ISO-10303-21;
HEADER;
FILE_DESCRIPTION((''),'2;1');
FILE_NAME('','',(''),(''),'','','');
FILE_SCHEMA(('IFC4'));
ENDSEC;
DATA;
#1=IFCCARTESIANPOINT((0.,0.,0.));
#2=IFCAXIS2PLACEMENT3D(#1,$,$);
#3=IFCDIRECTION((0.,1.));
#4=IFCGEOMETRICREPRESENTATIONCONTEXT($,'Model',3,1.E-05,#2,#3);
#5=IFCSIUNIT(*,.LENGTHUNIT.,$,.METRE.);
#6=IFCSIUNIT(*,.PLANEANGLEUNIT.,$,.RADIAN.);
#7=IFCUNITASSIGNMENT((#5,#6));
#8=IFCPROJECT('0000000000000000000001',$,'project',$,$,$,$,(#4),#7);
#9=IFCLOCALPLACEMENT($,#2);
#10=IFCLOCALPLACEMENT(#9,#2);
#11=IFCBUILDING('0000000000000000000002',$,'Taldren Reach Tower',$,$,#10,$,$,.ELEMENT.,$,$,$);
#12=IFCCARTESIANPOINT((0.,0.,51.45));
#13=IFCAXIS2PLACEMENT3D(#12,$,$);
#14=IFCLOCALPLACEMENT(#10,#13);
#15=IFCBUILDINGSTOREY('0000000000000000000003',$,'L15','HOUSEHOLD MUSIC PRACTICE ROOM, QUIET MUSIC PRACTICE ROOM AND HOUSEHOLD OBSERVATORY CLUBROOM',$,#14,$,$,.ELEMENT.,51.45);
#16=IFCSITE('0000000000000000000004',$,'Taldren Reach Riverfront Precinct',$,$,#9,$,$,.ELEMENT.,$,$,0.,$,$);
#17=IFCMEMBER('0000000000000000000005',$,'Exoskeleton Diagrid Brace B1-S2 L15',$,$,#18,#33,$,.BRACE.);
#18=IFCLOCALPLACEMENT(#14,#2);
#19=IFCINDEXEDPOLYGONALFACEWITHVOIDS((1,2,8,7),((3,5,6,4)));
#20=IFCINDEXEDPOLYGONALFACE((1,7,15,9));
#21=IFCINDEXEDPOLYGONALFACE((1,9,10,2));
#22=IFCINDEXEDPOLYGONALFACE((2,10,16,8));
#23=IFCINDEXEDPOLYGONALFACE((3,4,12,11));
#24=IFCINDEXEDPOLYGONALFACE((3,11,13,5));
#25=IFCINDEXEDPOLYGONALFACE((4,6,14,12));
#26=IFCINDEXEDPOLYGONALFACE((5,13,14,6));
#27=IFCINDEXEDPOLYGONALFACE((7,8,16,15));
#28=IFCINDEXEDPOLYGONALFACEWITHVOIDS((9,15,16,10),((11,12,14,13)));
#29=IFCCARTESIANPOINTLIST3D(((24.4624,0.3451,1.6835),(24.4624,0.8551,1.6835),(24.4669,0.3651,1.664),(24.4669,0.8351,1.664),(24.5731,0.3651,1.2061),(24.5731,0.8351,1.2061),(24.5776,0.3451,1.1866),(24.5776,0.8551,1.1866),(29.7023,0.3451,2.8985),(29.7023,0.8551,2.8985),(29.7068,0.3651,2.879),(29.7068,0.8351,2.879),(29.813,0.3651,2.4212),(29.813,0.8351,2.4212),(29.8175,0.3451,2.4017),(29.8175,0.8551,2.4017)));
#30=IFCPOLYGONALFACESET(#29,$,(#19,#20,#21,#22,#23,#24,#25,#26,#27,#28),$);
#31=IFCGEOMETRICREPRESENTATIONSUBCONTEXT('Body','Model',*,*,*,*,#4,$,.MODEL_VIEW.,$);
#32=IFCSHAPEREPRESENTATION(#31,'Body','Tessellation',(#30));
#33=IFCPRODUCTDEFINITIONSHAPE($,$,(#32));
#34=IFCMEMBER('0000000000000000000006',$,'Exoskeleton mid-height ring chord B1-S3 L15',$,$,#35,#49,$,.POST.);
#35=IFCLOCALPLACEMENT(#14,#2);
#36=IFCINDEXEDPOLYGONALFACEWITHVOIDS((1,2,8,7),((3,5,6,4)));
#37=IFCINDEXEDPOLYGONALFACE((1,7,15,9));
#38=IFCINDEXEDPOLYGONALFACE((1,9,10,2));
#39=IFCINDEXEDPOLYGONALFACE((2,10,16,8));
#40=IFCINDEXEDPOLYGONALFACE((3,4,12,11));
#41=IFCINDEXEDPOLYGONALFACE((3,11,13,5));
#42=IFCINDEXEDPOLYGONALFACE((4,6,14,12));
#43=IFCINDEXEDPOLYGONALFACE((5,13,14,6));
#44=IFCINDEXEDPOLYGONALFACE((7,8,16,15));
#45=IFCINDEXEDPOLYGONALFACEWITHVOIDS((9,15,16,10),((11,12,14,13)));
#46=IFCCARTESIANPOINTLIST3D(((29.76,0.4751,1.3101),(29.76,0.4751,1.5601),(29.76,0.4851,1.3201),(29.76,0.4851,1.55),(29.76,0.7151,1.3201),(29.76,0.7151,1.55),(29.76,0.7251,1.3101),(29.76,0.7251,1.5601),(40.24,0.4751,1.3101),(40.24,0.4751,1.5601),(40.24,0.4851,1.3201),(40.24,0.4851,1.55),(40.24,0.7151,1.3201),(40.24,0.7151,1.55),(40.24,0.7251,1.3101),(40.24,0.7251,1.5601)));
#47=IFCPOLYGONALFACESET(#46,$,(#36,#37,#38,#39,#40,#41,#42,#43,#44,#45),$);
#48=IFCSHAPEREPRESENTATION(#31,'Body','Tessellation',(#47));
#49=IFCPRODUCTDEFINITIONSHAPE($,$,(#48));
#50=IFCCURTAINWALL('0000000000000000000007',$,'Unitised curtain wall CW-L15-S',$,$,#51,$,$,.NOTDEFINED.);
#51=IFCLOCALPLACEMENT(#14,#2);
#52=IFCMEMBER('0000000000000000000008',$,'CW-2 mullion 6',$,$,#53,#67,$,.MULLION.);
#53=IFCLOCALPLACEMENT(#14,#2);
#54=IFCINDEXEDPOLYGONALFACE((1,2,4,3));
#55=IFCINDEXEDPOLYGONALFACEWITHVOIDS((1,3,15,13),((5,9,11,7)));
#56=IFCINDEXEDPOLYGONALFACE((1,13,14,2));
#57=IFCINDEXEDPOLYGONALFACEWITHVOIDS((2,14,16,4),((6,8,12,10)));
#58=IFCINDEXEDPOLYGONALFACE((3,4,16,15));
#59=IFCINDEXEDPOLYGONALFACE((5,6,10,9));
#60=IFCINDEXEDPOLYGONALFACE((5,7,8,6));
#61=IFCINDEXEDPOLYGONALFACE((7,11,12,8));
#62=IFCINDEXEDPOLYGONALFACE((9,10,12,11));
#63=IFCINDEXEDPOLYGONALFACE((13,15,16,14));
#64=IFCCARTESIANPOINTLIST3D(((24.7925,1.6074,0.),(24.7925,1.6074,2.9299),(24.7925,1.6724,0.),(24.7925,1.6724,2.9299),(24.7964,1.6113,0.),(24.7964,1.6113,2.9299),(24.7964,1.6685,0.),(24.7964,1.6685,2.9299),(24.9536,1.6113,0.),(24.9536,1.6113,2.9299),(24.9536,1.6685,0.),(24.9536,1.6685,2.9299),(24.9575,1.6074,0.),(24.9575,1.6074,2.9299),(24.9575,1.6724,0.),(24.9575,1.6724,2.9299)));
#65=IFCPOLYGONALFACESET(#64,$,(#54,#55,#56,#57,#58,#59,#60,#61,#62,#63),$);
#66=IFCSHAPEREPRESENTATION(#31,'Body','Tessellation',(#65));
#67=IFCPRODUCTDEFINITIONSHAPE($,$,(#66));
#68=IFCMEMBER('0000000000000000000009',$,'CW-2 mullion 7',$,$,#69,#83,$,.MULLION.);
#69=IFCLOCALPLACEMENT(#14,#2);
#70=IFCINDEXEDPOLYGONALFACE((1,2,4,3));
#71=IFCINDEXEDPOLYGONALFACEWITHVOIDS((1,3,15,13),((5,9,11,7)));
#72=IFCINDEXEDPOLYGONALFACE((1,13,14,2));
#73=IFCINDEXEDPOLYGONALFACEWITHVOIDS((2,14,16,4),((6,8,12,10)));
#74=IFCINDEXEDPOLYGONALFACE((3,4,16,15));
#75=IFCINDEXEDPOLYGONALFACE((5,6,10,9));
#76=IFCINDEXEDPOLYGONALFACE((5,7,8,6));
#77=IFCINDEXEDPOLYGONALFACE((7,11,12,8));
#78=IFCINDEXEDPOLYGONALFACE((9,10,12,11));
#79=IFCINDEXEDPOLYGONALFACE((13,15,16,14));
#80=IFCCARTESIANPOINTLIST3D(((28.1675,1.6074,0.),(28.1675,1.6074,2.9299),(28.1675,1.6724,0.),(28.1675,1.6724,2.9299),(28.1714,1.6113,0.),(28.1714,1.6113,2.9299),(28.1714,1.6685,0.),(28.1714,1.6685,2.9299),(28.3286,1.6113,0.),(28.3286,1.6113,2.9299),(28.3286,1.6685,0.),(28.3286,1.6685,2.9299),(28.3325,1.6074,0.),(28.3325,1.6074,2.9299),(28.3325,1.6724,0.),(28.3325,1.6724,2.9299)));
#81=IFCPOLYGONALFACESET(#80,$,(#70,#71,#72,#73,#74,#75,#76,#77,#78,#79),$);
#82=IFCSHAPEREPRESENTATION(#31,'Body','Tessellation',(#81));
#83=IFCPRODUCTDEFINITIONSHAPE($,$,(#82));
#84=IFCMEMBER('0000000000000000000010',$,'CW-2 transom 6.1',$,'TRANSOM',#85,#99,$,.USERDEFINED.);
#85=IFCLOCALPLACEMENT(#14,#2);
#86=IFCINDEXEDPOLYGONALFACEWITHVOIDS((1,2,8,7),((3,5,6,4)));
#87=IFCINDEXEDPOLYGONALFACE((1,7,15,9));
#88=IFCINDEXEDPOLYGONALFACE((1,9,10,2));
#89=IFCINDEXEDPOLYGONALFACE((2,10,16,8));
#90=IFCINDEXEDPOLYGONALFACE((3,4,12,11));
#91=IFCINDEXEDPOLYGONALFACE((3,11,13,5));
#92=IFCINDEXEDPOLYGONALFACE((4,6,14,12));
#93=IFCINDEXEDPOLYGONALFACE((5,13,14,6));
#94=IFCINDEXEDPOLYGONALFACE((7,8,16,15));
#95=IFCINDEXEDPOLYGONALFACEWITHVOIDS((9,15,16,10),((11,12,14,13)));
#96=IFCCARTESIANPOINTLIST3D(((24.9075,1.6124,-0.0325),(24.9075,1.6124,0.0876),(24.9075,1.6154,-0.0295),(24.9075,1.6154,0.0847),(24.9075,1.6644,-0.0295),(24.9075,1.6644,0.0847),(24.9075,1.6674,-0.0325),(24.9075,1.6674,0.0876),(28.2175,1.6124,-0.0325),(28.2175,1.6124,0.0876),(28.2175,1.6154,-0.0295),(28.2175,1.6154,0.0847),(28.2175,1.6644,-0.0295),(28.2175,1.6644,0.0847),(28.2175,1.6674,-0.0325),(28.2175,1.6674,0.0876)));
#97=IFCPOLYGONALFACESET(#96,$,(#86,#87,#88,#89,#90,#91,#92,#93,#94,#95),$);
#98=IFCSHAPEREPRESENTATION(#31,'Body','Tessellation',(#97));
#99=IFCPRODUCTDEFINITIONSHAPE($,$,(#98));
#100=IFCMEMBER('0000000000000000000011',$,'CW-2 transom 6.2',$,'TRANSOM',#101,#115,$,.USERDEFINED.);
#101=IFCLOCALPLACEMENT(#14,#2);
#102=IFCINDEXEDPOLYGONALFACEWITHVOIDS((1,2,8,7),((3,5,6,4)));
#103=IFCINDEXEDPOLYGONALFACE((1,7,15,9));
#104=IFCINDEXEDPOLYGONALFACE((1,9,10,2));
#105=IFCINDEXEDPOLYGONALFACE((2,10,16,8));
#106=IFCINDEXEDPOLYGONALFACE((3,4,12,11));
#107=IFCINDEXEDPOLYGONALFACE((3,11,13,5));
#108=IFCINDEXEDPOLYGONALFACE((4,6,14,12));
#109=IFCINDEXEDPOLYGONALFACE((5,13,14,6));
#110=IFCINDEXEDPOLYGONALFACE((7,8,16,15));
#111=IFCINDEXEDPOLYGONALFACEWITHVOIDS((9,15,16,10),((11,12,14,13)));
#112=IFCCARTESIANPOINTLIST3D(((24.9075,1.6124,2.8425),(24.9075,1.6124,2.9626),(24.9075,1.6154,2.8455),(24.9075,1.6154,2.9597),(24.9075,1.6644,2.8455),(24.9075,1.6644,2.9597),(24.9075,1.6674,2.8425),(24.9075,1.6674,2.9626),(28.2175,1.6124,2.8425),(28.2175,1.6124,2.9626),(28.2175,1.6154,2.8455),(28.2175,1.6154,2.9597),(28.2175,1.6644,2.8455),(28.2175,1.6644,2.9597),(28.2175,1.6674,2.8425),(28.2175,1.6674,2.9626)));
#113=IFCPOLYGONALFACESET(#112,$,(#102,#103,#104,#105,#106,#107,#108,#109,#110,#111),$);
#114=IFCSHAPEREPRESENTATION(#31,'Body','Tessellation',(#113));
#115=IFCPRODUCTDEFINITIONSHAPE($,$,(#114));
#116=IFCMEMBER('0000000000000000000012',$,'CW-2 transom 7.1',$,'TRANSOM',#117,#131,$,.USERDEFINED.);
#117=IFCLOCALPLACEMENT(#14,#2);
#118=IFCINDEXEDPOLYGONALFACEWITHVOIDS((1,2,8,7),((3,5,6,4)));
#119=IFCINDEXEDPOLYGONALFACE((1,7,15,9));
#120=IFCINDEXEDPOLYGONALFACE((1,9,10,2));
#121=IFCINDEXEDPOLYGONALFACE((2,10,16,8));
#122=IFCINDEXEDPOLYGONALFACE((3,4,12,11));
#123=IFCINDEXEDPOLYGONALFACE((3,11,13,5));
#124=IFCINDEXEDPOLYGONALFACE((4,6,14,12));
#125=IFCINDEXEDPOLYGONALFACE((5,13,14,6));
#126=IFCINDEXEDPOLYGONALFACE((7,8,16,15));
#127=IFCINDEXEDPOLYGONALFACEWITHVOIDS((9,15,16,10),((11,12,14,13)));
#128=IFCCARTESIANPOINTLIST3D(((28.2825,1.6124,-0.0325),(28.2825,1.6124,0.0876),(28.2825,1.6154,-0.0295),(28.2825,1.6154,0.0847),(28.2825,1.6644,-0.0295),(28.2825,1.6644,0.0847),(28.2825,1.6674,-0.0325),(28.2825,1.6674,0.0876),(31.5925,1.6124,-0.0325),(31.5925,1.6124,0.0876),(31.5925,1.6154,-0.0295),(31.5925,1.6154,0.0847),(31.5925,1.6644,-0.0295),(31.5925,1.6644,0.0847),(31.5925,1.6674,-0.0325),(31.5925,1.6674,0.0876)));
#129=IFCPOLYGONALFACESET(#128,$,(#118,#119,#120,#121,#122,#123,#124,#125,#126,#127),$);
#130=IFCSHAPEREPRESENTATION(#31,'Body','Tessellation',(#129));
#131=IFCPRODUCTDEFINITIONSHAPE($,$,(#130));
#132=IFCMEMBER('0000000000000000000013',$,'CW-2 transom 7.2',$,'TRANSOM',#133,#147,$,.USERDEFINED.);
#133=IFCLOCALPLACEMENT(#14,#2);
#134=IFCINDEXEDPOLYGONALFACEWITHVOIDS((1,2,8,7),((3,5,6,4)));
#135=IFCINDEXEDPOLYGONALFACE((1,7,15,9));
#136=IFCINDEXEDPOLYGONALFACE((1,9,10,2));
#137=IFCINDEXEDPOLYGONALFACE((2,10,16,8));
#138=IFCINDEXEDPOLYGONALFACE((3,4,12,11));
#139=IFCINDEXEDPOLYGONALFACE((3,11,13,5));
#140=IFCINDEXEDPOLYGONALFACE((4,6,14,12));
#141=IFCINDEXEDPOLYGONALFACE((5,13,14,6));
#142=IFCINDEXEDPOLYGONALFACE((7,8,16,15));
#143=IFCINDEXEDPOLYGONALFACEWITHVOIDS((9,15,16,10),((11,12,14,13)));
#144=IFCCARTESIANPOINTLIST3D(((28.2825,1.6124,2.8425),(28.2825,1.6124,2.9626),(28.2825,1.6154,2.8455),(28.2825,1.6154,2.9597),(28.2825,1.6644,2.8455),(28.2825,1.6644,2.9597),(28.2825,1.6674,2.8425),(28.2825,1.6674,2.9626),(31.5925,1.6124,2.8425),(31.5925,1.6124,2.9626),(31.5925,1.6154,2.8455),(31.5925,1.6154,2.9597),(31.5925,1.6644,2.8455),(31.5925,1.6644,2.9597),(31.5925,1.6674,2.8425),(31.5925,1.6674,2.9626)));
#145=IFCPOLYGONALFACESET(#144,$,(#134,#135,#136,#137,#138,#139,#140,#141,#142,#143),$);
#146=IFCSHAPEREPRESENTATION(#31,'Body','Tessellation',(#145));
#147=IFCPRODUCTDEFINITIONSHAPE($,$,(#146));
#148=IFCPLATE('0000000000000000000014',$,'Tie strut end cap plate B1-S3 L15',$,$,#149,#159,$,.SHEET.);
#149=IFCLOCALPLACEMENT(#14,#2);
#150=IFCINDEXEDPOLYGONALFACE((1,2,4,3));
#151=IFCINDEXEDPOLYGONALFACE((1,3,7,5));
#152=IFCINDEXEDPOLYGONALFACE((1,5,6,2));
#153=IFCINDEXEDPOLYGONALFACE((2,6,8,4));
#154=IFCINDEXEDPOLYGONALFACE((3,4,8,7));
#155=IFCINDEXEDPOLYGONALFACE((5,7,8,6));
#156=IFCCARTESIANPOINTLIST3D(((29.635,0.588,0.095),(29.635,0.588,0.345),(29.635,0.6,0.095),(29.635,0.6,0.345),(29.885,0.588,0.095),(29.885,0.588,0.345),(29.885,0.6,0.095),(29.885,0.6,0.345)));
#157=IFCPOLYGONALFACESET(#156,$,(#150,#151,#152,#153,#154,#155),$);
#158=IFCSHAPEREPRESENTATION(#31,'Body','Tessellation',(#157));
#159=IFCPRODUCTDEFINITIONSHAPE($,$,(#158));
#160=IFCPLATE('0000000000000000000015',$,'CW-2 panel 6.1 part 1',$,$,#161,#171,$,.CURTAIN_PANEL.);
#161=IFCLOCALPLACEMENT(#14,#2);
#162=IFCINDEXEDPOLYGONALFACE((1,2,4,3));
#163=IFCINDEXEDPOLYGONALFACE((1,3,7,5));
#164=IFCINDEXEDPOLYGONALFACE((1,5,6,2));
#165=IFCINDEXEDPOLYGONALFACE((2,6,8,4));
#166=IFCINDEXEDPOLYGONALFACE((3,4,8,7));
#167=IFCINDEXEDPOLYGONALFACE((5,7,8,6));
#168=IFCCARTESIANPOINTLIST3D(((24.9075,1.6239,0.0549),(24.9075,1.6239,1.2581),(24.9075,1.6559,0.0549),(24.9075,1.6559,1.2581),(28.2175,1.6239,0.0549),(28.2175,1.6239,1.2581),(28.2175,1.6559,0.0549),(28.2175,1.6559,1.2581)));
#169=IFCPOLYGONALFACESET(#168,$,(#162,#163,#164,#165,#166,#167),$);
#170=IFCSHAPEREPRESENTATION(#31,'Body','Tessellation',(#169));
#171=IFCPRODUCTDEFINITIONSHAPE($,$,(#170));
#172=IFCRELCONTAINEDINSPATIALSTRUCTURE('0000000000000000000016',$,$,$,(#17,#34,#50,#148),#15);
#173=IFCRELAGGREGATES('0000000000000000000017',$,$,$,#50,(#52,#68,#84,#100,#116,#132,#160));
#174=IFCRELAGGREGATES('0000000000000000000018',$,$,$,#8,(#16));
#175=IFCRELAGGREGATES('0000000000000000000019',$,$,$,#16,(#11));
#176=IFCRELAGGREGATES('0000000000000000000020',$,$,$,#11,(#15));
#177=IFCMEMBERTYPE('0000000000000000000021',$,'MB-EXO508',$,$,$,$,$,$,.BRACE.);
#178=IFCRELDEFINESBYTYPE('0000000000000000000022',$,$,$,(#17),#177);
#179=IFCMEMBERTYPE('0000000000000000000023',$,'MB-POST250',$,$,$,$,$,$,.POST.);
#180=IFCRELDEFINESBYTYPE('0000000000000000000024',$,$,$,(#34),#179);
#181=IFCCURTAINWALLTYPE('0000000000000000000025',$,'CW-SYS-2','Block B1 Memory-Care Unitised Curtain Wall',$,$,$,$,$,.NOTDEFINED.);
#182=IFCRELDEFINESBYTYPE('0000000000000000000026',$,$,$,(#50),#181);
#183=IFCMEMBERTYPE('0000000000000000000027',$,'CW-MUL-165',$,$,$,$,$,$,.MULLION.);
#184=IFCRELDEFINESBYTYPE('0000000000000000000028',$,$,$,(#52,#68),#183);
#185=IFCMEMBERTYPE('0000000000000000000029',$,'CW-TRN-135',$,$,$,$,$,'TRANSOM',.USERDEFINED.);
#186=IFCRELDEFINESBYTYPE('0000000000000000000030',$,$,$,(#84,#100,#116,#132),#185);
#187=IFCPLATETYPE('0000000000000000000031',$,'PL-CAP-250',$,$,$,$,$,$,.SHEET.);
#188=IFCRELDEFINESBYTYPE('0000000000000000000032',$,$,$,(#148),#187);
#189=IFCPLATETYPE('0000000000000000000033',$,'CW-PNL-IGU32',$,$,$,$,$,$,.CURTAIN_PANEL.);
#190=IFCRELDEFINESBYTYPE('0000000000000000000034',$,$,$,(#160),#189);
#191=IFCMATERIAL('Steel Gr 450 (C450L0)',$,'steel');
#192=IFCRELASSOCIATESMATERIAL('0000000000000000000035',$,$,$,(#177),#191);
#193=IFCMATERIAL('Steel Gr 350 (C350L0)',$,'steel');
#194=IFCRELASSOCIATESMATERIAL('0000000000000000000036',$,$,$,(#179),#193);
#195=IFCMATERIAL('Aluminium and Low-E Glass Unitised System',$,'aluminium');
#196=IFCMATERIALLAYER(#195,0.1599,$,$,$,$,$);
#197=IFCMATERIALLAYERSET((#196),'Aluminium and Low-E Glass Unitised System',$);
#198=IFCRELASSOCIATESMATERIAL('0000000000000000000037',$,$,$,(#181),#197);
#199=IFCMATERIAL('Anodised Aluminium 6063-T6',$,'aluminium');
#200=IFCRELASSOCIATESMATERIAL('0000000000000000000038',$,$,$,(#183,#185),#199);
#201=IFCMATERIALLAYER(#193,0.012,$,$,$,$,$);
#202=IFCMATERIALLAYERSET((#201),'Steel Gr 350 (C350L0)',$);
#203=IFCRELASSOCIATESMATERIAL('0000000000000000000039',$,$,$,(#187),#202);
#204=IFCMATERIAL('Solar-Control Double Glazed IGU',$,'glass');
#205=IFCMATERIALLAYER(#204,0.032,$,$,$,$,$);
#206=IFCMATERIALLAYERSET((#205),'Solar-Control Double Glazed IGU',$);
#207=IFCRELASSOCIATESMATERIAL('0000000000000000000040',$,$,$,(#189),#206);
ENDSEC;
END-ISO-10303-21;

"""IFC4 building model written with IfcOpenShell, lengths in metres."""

from ifc_helpers import new_model, si_unit, direction, frame, origin, origin_2d, place, context, subcontext, project, spatial, rectangle, hollow_rectangle, extrude, source, transform, mapped, material, layer, layer_set, material_profile, profile_set, type_object, element, aggregate, save


model = new_model("IFC4")

# Units and contexts
model_context = context("Model", 3, precision=1e-05, world=origin(), true_north=direction((0.0, 1.0)))
body_context = subcontext(model_context, "Body", "Model", "MODEL_VIEW")
ifc_project = project(units=[si_unit("LENGTHUNIT", "METRE"), si_unit("PLANEANGLEUNIT", "RADIAN")], contexts=[model_context])

# Site, building, storey
site_placement = place(None, origin())
site = spatial("IfcSite", under=ifc_project, at=site_placement, Name="Taldren Reach Riverfront Precinct", CompositionType="ELEMENT", RefElevation=0.0)
building_placement = place(site_placement, origin())
building = spatial("IfcBuilding", under=site, at=building_placement, Name="Taldren Reach Tower", CompositionType="ELEMENT")
storey_placement = place(building_placement, frame((0.0, 0.0, 51.45)))
storey = spatial("IfcBuildingStorey", under=building, at=storey_placement, Name="L15", Description="HOUSEHOLD MUSIC PRACTICE ROOM, QUIET MUSIC PRACTICE ROOM AND HOUSEHOLD OBSERVATORY CLUBROOM", CompositionType="ELEMENT", Elevation=51.45)

# Members
ifc_material_1 = material(Name="Steel Gr 450 (C450L0)", Category="steel")
ifc_material_profile_1 = material_profile(ifc_material_1, hollow_rectangle(XDim=0.51, YDim=0.51, WallThickness=0.02, at=origin_2d()), Name="510x510x20.0SHS")
ifc_profile_set_1 = profile_set([ifc_material_profile_1], Name="Steel Gr 450 (C450L0)")
member_type_1 = type_object("IfcMemberType", Name="MB-EXO508", PredefinedType="BRACE", material=ifc_profile_set_1)
shared_shape_1 = source(origin(), body_context, "Body", "SweptSolid", [
    extrude(hollow_rectangle(XDim=0.51, YDim=0.51, WallThickness=0.02, at=origin_2d()), origin(), (0.0, 0.0, 1.0), 5.3789),
])
member_1_placement = place(storey_placement, frame((24.52, 0.6001, 1.4351), z_axis=(0.974152, 0.0, 0.225894), x_axis=(0.0, 1.0, 0.0)))
element("IfcMember", 1, at=member_1_placement, inside=storey, type_object=member_type_1, Name="Exoskeleton Diagrid Brace B1-S2 L15", PredefinedType="BRACE", context=body_context, shape_type="MappedRepresentation", body=[
    mapped(shared_shape_1, transform((0.0, 0.0, 0.0), scale=1.0)),
])
ifc_material_2 = material(Name="Steel Gr 350 (C350L0)", Category="steel")
ifc_material_profile_2 = material_profile(ifc_material_2, hollow_rectangle(XDim=0.25, YDim=0.25, WallThickness=0.01, at=origin_2d()), Name="250x250x10.0SHS")
ifc_profile_set_2 = profile_set([ifc_material_profile_2], Name="Steel Gr 350 (C350L0)")
member_type_2 = type_object("IfcMemberType", Name="MB-POST250", PredefinedType="POST", material=ifc_profile_set_2)
shared_shape_2 = source(origin(), body_context, "Body", "SweptSolid", [
    extrude(hollow_rectangle(XDim=0.25, YDim=0.25, WallThickness=0.01, at=origin_2d()), origin(), (0.0, 0.0, 1.0), 10.48),
])
member_2_placement = place(storey_placement, frame((29.76, 0.6001, 1.4351), z_axis=(1.0, 0.0, 0.0), x_axis=(0.0, 1.0, 0.0)))
element("IfcMember", 2, at=member_2_placement, inside=storey, type_object=member_type_2, Name="Exoskeleton mid-height ring chord B1-S3 L15", PredefinedType="POST", context=body_context, shape_type="MappedRepresentation", body=[
    mapped(shared_shape_2, transform((0.0, 0.0, 0.0), scale=1.0)),
])

# Curtain wall, members
ifc_material_3 = material(Name="Aluminium and Low-E Glass Unitised System", Category="aluminium")
ifc_layer_1 = layer(ifc_material_3, 0.1599)
ifc_layer_set_1 = layer_set([ifc_layer_1], Name="Aluminium and Low-E Glass Unitised System")
curtain_wall_type = type_object("IfcCurtainWallType", Name="CW-SYS-2", Description="Block B1 Memory-Care Unitised Curtain Wall", PredefinedType="NOTDEFINED", material=ifc_layer_set_1)
curtain_wall_placement = place(storey_placement, origin())
curtain_wall = element("IfcCurtainWall", 3, at=curtain_wall_placement, inside=storey, type_object=curtain_wall_type, Name="Unitised curtain wall CW-L15-S", PredefinedType="NOTDEFINED")
ifc_material_4 = material(Name="Anodised Aluminium 6063-T6", Category="aluminium")
ifc_material_profile_3 = material_profile(ifc_material_4, hollow_rectangle(XDim=0.0649, YDim=0.165, WallThickness=0.0039, at=origin_2d()), Name="ALU-165x65x4RHS")
ifc_profile_set_3 = profile_set([ifc_material_profile_3], Name="Anodised Aluminium 6063-T6")
member_type_3 = type_object("IfcMemberType", Name="CW-MUL-165", PredefinedType="MULLION", material=ifc_profile_set_3)
shared_shape_3 = source(origin(), body_context, "Body", "SweptSolid", [
    extrude(hollow_rectangle(XDim=0.0649, YDim=0.165, WallThickness=0.0039, at=origin_2d()), origin(), (0.0, 0.0, 1.0), 2.9299),
])
member_3_placement = place(storey_placement, frame((24.875, 1.6399, 0.0), z_axis=(0.0, 0.0, 1.0), x_axis=(0.0, 1.0, 0.0)))
member_3 = element("IfcMember", 4, at=member_3_placement, type_object=member_type_3, Name="CW-2 mullion 6", PredefinedType="MULLION", context=body_context, shape_type="MappedRepresentation", body=[
    mapped(shared_shape_3, transform((0.0, 0.0, 0.0), scale=1.0)),
])
member_4_placement = place(storey_placement, frame((28.25, 1.6399, 0.0), z_axis=(0.0, 0.0, 1.0), x_axis=(0.0, 1.0, 0.0)))
member_4 = element("IfcMember", 5, at=member_4_placement, type_object=member_type_3, Name="CW-2 mullion 7", PredefinedType="MULLION", context=body_context, shape_type="MappedRepresentation", body=[
    mapped(shared_shape_3, transform((0.0, 0.0, 0.0), scale=1.0)),
])
ifc_material_profile_4 = material_profile(ifc_material_4, hollow_rectangle(XDim=0.0549, YDim=0.1201, WallThickness=0.0029, at=origin_2d()), Name="ALU-120x55x3RHS")
ifc_profile_set_4 = profile_set([ifc_material_profile_4], Name="Anodised Aluminium 6063-T6")
member_type_4 = type_object("IfcMemberType", Name="CW-TRN-135", ElementType="TRANSOM", PredefinedType="USERDEFINED", material=ifc_profile_set_4)
shared_shape_4 = source(origin(), body_context, "Body", "SweptSolid", [
    extrude(hollow_rectangle(XDim=0.0549, YDim=0.1201, WallThickness=0.0029, at=origin_2d()), origin(), (0.0, 0.0, 1.0), 3.3101),
])
member_5_placement = place(storey_placement, frame((24.9075, 1.6399, 0.0276), z_axis=(1.0, 0.0, 0.0), x_axis=(0.0, 1.0, 0.0)))
member_5 = element("IfcMember", 6, at=member_5_placement, type_object=member_type_4, Name="CW-2 transom 6.1", ObjectType="TRANSOM", PredefinedType="USERDEFINED", context=body_context, shape_type="MappedRepresentation", body=[
    mapped(shared_shape_4, transform((0.0, 0.0, 0.0), scale=1.0)),
])
member_6_placement = place(storey_placement, frame((24.9075, 1.6399, 2.9026), z_axis=(1.0, 0.0, 0.0), x_axis=(0.0, 1.0, 0.0)))
member_6 = element("IfcMember", 7, at=member_6_placement, type_object=member_type_4, Name="CW-2 transom 6.2", ObjectType="TRANSOM", PredefinedType="USERDEFINED", context=body_context, shape_type="MappedRepresentation", body=[
    mapped(shared_shape_4, transform((0.0, 0.0, 0.0), scale=1.0)),
])
member_7_placement = place(storey_placement, frame((28.2825, 1.6399, 0.0276), z_axis=(1.0, 0.0, 0.0), x_axis=(0.0, 1.0, 0.0)))
member_7 = element("IfcMember", 8, at=member_7_placement, type_object=member_type_4, Name="CW-2 transom 7.1", ObjectType="TRANSOM", PredefinedType="USERDEFINED", context=body_context, shape_type="MappedRepresentation", body=[
    mapped(shared_shape_4, transform((0.0, 0.0, 0.0), scale=1.0)),
])
member_8_placement = place(storey_placement, frame((28.2825, 1.6399, 2.9026), z_axis=(1.0, 0.0, 0.0), x_axis=(0.0, 1.0, 0.0)))
member_8 = element("IfcMember", 9, at=member_8_placement, type_object=member_type_4, Name="CW-2 transom 7.2", ObjectType="TRANSOM", PredefinedType="USERDEFINED", context=body_context, shape_type="MappedRepresentation", body=[
    mapped(shared_shape_4, transform((0.0, 0.0, 0.0), scale=1.0)),
])

# Plates
ifc_layer_2 = layer(ifc_material_2, 0.012)
ifc_layer_set_2 = layer_set([ifc_layer_2], Name="Steel Gr 350 (C350L0)")
plate_type_1 = type_object("IfcPlateType", Name="PL-CAP-250", PredefinedType="SHEET", material=ifc_layer_set_2)
shared_shape_5 = source(origin(), body_context, "Body", "SweptSolid", [
    extrude(rectangle(XDim=0.25, YDim=0.012, at=origin_2d()), origin(), (0.0, 0.0, 1.0), 0.25),
])
plate_1_placement = place(storey_placement, frame((29.76, 0.594, 0.095), z_axis=(0.0, 0.0, 1.0), x_axis=(1.0, 0.0, 0.0)))
element("IfcPlate", 10, at=plate_1_placement, inside=storey, type_object=plate_type_1, Name="Tie strut end cap plate B1-S3 L15", PredefinedType="SHEET", context=body_context, shape_type="MappedRepresentation", body=[
    mapped(shared_shape_5, transform((0.0, 0.0, 0.0), scale=1.0)),
])
ifc_material_5 = material(Name="Solar-Control Double Glazed IGU", Category="glass")
ifc_layer_3 = layer(ifc_material_5, 0.032)
ifc_layer_set_3 = layer_set([ifc_layer_3], Name="Solar-Control Double Glazed IGU")
plate_type_2 = type_object("IfcPlateType", Name="CW-PNL-IGU32", PredefinedType="CURTAIN_PANEL", material=ifc_layer_set_3)
shared_shape_6 = source(origin(), body_context, "Body", "SweptSolid", [
    extrude(rectangle(XDim=3.3101, YDim=0.032, at=origin_2d()), origin(), (0.0, 0.0, 1.0), 1.2031),
])
plate_2_placement = place(storey_placement, frame((26.5625, 1.6399, 0.0549), z_axis=(0.0, 0.0, 1.0), x_axis=(1.0, 0.0, 0.0)))
plate_2 = element("IfcPlate", 11, at=plate_2_placement, type_object=plate_type_2, Name="CW-2 panel 6.1 part 1", PredefinedType="CURTAIN_PANEL", context=body_context, shape_type="MappedRepresentation", body=[
    mapped(shared_shape_6, transform((0.0, 0.0, 0.0), scale=1.0)),
])
aggregate(curtain_wall, [member_3, member_4, member_5, member_6, member_7, member_8, plate_2])

save(model, "model.ifc")
